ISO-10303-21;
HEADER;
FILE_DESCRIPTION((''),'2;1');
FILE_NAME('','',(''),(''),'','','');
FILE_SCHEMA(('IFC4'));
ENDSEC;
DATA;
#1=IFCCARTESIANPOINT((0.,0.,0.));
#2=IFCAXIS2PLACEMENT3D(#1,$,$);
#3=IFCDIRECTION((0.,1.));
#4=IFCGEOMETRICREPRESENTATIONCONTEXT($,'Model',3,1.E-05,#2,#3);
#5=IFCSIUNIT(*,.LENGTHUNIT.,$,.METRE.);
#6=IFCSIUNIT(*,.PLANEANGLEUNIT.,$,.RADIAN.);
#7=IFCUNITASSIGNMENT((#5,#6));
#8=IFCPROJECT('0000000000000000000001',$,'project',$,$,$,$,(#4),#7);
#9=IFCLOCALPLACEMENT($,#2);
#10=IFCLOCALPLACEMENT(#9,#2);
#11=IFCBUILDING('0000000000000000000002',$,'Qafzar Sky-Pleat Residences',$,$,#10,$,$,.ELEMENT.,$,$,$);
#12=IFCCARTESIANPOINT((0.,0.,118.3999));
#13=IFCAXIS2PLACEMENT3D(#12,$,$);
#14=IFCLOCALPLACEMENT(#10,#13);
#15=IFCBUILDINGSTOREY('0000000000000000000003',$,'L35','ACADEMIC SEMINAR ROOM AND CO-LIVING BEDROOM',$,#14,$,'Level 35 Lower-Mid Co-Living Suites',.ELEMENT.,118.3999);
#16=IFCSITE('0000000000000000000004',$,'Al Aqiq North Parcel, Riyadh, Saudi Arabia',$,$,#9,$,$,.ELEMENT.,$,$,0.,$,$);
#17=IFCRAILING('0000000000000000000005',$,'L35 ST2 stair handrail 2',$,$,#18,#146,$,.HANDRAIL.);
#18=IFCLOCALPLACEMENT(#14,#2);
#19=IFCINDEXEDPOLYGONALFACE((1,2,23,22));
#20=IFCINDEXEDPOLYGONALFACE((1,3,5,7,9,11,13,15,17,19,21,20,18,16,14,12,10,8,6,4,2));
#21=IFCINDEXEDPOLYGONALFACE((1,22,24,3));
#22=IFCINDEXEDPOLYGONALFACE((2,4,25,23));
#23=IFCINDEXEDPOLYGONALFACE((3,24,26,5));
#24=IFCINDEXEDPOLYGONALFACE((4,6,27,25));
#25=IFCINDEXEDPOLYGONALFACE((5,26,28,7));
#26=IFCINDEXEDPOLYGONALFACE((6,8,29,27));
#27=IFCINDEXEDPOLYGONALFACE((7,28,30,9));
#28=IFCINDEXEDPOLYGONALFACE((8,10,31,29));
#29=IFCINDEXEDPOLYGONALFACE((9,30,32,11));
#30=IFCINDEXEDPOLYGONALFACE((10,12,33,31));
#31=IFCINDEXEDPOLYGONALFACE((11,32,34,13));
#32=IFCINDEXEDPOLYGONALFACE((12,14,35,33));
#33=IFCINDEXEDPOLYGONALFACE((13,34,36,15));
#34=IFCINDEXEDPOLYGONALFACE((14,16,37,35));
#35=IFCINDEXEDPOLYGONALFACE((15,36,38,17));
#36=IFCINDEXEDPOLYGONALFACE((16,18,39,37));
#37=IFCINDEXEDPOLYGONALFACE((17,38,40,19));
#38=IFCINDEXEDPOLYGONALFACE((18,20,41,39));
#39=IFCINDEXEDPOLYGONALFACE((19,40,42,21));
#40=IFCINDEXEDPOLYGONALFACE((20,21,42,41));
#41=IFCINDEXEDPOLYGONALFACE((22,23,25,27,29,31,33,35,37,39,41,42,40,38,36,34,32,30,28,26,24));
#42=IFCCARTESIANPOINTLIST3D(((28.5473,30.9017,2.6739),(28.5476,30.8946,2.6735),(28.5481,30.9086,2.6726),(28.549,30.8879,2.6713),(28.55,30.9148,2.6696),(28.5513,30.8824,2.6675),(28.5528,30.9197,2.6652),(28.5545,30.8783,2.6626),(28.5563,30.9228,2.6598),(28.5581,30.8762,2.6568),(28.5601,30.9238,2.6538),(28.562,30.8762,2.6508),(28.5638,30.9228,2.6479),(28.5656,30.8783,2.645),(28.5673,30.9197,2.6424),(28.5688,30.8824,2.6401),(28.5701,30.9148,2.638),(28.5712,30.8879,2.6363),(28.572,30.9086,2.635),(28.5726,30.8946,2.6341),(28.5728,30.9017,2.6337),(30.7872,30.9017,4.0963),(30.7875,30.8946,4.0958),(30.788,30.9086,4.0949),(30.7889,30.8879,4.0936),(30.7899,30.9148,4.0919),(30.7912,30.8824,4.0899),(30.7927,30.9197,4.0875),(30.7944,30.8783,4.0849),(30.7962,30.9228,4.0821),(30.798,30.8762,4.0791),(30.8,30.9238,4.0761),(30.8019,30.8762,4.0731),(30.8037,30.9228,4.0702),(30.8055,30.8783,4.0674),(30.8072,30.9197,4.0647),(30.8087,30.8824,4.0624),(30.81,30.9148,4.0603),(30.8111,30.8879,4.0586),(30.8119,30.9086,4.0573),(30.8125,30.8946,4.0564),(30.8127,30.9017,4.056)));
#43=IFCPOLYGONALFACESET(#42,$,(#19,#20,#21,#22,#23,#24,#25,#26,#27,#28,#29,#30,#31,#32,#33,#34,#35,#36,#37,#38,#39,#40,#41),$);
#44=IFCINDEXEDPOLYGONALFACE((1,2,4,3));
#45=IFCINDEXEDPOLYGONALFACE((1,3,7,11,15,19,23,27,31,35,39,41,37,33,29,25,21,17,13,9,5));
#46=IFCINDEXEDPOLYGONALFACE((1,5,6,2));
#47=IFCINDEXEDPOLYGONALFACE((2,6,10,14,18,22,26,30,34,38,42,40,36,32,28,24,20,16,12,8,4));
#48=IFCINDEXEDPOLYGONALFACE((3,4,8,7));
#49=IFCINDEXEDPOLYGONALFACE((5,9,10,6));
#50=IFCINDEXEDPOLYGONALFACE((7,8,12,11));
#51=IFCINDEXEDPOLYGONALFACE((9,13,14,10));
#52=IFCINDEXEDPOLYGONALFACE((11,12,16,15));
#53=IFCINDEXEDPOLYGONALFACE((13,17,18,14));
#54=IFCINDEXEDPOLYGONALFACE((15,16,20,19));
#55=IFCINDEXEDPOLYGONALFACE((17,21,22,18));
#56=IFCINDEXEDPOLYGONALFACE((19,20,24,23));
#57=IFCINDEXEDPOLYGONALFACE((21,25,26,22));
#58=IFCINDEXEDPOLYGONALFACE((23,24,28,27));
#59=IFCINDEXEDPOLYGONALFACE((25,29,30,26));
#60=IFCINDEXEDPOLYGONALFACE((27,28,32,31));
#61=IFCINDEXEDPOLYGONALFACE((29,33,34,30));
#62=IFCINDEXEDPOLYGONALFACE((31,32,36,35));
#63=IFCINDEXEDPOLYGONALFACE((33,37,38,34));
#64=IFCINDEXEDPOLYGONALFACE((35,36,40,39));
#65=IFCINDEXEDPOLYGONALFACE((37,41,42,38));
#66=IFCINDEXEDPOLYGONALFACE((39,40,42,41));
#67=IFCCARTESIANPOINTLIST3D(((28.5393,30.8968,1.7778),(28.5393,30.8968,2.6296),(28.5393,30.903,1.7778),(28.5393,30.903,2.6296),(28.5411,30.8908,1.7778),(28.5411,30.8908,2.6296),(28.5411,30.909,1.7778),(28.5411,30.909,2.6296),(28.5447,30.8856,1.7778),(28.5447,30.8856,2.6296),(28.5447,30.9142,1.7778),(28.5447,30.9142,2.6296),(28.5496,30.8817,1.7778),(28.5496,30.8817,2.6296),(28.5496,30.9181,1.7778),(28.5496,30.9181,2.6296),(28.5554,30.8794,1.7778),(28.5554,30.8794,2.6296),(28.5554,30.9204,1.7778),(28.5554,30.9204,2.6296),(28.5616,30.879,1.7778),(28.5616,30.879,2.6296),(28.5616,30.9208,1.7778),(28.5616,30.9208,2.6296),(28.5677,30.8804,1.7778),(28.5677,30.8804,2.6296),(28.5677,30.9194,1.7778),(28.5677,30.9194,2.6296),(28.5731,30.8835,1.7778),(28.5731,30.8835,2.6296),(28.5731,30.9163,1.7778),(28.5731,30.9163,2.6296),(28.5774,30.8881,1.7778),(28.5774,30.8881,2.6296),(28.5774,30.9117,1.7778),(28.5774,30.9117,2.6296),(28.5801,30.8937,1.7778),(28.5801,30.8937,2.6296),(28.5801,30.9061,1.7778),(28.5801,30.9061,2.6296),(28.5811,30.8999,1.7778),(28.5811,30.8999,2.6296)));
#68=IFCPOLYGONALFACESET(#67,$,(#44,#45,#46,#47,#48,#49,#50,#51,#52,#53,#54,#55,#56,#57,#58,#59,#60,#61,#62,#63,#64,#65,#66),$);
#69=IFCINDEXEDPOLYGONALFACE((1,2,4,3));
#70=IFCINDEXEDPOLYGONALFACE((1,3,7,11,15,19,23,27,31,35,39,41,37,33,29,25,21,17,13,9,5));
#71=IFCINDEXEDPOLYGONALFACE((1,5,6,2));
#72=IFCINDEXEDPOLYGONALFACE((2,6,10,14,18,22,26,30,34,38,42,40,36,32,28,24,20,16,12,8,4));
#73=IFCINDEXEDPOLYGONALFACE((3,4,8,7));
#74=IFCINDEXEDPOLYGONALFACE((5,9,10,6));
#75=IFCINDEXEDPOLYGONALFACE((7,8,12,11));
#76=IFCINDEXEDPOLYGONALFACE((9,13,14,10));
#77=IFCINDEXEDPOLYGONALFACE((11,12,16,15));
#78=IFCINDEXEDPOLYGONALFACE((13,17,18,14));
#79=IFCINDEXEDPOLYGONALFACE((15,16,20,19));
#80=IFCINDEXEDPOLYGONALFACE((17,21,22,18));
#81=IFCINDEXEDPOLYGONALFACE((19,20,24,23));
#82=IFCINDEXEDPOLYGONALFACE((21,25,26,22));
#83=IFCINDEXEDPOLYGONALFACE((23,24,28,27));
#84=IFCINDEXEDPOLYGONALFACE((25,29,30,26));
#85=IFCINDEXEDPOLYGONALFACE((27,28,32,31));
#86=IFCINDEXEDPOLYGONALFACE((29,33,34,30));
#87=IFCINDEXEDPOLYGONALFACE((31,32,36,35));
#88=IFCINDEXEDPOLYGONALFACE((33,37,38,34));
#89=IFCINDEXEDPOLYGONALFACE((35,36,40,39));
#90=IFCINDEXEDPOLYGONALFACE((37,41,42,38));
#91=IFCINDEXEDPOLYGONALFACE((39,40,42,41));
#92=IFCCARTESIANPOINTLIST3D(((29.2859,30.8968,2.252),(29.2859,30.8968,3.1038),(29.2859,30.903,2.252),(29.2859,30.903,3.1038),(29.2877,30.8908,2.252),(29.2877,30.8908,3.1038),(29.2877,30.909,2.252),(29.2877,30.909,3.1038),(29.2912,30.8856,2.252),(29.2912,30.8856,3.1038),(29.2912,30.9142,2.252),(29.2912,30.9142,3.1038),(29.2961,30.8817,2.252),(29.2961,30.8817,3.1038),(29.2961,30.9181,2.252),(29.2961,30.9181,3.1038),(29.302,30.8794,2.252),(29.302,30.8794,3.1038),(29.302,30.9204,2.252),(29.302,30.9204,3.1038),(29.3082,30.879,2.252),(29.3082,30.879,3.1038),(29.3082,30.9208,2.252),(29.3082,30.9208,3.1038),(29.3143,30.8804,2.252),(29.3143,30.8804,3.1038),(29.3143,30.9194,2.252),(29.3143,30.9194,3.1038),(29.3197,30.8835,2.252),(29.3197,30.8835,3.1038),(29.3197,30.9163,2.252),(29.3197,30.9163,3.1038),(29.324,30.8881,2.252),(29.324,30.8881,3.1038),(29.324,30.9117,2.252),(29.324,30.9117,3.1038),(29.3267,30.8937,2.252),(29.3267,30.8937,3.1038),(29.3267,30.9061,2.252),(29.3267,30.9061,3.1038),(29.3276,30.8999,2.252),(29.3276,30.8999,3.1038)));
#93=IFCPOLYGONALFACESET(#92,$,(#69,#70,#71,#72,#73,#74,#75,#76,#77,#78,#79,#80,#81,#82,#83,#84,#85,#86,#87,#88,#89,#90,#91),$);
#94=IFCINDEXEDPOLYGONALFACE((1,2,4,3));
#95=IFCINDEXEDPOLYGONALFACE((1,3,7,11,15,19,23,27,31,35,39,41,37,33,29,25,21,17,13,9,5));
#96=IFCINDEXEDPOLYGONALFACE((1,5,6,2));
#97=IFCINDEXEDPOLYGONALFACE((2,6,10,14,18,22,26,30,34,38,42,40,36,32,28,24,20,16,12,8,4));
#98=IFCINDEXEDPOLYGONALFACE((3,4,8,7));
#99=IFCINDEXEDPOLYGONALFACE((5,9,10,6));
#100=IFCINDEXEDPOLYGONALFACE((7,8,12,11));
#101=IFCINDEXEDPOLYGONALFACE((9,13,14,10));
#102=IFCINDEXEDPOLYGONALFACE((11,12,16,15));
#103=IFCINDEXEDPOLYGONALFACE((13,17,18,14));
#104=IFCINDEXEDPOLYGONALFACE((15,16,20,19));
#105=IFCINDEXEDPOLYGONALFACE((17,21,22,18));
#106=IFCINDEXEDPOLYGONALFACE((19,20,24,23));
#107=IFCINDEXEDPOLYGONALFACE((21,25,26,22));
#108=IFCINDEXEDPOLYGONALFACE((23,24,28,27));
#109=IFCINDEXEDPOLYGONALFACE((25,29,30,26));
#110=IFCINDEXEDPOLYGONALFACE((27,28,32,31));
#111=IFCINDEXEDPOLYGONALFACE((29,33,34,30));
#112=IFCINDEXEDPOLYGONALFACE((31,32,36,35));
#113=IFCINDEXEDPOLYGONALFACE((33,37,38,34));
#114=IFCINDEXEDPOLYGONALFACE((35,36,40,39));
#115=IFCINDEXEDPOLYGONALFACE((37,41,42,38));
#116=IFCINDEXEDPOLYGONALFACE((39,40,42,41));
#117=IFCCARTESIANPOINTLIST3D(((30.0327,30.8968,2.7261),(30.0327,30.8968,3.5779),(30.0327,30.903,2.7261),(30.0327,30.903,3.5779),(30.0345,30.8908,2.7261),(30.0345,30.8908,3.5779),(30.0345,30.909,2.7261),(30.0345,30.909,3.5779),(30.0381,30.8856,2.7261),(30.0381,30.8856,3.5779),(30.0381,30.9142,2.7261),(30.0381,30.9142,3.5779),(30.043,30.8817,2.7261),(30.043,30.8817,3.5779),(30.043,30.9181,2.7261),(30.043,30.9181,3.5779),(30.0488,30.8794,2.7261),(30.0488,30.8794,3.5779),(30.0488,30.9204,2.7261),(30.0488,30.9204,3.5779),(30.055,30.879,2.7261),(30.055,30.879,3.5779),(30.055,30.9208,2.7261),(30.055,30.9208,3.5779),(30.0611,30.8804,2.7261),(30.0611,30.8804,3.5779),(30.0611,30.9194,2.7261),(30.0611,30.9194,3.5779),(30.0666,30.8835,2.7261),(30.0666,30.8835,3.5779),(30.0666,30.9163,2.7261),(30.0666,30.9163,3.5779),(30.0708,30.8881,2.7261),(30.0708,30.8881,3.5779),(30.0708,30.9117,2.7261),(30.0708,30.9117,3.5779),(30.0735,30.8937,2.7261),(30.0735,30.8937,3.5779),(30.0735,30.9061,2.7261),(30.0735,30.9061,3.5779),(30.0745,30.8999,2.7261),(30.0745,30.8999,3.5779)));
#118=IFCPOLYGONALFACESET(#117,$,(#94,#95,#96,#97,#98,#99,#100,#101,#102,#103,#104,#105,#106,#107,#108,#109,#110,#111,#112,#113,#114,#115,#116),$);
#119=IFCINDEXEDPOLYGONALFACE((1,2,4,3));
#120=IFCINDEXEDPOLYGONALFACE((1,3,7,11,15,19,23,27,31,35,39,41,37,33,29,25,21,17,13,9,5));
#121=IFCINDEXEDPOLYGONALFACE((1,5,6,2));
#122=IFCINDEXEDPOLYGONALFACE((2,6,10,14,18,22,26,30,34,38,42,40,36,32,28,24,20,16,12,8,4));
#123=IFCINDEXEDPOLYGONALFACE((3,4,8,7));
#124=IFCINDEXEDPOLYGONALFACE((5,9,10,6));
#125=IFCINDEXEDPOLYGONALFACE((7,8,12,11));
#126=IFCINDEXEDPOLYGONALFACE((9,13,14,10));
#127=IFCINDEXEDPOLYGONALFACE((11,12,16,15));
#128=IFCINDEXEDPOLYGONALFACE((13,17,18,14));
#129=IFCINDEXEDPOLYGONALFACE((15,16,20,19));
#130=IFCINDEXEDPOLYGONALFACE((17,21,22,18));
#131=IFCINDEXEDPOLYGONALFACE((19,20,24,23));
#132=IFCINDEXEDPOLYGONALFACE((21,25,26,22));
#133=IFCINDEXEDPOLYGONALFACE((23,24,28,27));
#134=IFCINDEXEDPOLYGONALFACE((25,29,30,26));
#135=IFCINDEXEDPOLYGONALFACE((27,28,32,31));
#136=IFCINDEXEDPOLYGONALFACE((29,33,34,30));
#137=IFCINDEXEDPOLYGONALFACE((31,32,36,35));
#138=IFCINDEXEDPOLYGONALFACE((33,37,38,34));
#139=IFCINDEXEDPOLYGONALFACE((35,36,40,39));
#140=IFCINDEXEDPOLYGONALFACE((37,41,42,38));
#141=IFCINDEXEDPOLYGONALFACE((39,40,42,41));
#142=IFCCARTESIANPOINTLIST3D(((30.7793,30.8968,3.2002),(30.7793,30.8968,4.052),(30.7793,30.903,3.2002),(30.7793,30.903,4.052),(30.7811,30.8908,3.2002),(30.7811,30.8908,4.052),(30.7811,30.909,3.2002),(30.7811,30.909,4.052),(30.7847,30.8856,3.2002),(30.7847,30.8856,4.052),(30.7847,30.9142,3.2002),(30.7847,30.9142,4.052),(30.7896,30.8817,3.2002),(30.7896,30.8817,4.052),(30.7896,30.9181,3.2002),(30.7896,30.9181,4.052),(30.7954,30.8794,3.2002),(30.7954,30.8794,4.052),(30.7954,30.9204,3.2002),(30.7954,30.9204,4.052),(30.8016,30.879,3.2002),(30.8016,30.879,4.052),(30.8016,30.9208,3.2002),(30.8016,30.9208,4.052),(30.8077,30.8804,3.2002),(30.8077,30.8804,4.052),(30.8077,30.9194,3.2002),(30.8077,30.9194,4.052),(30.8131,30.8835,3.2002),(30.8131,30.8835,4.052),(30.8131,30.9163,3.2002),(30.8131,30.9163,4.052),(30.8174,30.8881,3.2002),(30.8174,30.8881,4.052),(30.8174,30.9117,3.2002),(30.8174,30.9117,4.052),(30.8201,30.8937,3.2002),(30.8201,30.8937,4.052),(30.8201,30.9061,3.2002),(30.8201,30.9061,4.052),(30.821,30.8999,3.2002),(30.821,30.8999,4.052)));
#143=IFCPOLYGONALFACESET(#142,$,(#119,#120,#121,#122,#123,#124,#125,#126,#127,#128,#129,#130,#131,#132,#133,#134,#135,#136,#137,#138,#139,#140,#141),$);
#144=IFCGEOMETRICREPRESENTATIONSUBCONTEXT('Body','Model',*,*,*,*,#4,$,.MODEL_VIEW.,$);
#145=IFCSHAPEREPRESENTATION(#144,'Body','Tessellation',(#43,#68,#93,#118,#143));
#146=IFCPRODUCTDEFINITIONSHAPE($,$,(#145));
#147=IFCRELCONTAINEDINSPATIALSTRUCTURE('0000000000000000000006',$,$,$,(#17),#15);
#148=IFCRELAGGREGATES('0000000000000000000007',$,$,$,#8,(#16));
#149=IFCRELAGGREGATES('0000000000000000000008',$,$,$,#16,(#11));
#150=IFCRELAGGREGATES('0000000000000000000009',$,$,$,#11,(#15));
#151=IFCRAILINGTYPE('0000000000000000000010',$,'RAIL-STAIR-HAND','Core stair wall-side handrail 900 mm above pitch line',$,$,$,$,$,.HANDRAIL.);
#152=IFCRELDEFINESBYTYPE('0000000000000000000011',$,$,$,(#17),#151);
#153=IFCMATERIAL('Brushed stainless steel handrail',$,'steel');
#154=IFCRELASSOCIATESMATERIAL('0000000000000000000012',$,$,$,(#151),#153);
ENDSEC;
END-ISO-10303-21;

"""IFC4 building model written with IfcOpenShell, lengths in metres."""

from ifc_helpers import new_model, si_unit, direction, frame, origin, origin_2d, place, context, subcontext, project, spatial, circle, extrude, source, transform, mapped, material, type_object, element, save


model = new_model("IFC4")

# Units and contexts
model_context = context("Model", 3, precision=1e-05, world=origin(), true_north=direction((0.0, 1.0)))
body_context = subcontext(model_context, "Body", "Model", "MODEL_VIEW")
ifc_project = project(units=[si_unit("LENGTHUNIT", "METRE"), si_unit("PLANEANGLEUNIT", "RADIAN")], contexts=[model_context])

# Site, building, storey
site_placement = place(None, origin())
site = spatial("IfcSite", under=ifc_project, at=site_placement, Name="Al Aqiq North Parcel, Riyadh, Saudi Arabia", CompositionType="ELEMENT", RefElevation=0.0)
building_placement = place(site_placement, origin())
building = spatial("IfcBuilding", under=site, at=building_placement, Name="Qafzar Sky-Pleat Residences", CompositionType="ELEMENT")
storey_placement = place(building_placement, frame((0.0, 0.0, 118.3999)))
storey = spatial("IfcBuildingStorey", under=building, at=storey_placement, Name="L35", Description="ACADEMIC SEMINAR ROOM AND CO-LIVING BEDROOM", LongName="Level 35 Lower-Mid Co-Living Suites", CompositionType="ELEMENT", Elevation=118.3999)

# Railing
ifc_material_1 = material(Name="Brushed stainless steel handrail", Category="steel")
railing_type_1 = type_object("IfcRailingType", Name="RAIL-STAIR-HAND", Description="Core stair wall-side handrail 900 mm above pitch line", PredefinedType="HANDRAIL", material=ifc_material_1)
shared_shape_1 = source(origin(), body_context, "Body", "SweptSolid", [
    extrude(circle(Radius=0.0239, at=origin_2d()), frame((0.0, 0.0, 0.876), z_axis=(0.844188, 0.0, 0.536048), x_axis=(0.0, 1.0, 0.0)), (0.0, 0.0, 1.0), 2.6533),
    extrude(circle(Radius=0.021, at=origin_2d()), origin(), (0.0, 0.0, 1.0), 0.8518),
    extrude(circle(Radius=0.021, at=origin_2d()), frame((0.7466, 0.0, 0.4741)), (0.0, 0.0, 1.0), 0.8518),
    extrude(circle(Radius=0.021, at=origin_2d()), frame((1.4934, 0.0, 0.9482)), (0.0, 0.0, 1.0), 0.8518),
    extrude(circle(Radius=0.021, at=origin_2d()), frame((2.24, 0.0, 1.4224)), (0.0, 0.0, 1.0), 0.8518),
])
railing_1_placement = place(storey_placement, frame((28.5601, 30.8999, 1.7778)))
element("IfcRailing", 1, at=railing_1_placement, inside=storey, type_object=railing_type_1, Name="L35 ST2 stair handrail 2", PredefinedType="HANDRAIL", context=body_context, shape_type="MappedRepresentation", body=[
    mapped(shared_shape_1, transform((0.0, 0.0, 0.0), x_axis=(1.0, 0.0, 0.0), y_axis=(0.0, 1.0, 0.0), z_axis=(0.0, 0.0, 1.0), scale=1.0)),
])

save(model, "model.ifc")
